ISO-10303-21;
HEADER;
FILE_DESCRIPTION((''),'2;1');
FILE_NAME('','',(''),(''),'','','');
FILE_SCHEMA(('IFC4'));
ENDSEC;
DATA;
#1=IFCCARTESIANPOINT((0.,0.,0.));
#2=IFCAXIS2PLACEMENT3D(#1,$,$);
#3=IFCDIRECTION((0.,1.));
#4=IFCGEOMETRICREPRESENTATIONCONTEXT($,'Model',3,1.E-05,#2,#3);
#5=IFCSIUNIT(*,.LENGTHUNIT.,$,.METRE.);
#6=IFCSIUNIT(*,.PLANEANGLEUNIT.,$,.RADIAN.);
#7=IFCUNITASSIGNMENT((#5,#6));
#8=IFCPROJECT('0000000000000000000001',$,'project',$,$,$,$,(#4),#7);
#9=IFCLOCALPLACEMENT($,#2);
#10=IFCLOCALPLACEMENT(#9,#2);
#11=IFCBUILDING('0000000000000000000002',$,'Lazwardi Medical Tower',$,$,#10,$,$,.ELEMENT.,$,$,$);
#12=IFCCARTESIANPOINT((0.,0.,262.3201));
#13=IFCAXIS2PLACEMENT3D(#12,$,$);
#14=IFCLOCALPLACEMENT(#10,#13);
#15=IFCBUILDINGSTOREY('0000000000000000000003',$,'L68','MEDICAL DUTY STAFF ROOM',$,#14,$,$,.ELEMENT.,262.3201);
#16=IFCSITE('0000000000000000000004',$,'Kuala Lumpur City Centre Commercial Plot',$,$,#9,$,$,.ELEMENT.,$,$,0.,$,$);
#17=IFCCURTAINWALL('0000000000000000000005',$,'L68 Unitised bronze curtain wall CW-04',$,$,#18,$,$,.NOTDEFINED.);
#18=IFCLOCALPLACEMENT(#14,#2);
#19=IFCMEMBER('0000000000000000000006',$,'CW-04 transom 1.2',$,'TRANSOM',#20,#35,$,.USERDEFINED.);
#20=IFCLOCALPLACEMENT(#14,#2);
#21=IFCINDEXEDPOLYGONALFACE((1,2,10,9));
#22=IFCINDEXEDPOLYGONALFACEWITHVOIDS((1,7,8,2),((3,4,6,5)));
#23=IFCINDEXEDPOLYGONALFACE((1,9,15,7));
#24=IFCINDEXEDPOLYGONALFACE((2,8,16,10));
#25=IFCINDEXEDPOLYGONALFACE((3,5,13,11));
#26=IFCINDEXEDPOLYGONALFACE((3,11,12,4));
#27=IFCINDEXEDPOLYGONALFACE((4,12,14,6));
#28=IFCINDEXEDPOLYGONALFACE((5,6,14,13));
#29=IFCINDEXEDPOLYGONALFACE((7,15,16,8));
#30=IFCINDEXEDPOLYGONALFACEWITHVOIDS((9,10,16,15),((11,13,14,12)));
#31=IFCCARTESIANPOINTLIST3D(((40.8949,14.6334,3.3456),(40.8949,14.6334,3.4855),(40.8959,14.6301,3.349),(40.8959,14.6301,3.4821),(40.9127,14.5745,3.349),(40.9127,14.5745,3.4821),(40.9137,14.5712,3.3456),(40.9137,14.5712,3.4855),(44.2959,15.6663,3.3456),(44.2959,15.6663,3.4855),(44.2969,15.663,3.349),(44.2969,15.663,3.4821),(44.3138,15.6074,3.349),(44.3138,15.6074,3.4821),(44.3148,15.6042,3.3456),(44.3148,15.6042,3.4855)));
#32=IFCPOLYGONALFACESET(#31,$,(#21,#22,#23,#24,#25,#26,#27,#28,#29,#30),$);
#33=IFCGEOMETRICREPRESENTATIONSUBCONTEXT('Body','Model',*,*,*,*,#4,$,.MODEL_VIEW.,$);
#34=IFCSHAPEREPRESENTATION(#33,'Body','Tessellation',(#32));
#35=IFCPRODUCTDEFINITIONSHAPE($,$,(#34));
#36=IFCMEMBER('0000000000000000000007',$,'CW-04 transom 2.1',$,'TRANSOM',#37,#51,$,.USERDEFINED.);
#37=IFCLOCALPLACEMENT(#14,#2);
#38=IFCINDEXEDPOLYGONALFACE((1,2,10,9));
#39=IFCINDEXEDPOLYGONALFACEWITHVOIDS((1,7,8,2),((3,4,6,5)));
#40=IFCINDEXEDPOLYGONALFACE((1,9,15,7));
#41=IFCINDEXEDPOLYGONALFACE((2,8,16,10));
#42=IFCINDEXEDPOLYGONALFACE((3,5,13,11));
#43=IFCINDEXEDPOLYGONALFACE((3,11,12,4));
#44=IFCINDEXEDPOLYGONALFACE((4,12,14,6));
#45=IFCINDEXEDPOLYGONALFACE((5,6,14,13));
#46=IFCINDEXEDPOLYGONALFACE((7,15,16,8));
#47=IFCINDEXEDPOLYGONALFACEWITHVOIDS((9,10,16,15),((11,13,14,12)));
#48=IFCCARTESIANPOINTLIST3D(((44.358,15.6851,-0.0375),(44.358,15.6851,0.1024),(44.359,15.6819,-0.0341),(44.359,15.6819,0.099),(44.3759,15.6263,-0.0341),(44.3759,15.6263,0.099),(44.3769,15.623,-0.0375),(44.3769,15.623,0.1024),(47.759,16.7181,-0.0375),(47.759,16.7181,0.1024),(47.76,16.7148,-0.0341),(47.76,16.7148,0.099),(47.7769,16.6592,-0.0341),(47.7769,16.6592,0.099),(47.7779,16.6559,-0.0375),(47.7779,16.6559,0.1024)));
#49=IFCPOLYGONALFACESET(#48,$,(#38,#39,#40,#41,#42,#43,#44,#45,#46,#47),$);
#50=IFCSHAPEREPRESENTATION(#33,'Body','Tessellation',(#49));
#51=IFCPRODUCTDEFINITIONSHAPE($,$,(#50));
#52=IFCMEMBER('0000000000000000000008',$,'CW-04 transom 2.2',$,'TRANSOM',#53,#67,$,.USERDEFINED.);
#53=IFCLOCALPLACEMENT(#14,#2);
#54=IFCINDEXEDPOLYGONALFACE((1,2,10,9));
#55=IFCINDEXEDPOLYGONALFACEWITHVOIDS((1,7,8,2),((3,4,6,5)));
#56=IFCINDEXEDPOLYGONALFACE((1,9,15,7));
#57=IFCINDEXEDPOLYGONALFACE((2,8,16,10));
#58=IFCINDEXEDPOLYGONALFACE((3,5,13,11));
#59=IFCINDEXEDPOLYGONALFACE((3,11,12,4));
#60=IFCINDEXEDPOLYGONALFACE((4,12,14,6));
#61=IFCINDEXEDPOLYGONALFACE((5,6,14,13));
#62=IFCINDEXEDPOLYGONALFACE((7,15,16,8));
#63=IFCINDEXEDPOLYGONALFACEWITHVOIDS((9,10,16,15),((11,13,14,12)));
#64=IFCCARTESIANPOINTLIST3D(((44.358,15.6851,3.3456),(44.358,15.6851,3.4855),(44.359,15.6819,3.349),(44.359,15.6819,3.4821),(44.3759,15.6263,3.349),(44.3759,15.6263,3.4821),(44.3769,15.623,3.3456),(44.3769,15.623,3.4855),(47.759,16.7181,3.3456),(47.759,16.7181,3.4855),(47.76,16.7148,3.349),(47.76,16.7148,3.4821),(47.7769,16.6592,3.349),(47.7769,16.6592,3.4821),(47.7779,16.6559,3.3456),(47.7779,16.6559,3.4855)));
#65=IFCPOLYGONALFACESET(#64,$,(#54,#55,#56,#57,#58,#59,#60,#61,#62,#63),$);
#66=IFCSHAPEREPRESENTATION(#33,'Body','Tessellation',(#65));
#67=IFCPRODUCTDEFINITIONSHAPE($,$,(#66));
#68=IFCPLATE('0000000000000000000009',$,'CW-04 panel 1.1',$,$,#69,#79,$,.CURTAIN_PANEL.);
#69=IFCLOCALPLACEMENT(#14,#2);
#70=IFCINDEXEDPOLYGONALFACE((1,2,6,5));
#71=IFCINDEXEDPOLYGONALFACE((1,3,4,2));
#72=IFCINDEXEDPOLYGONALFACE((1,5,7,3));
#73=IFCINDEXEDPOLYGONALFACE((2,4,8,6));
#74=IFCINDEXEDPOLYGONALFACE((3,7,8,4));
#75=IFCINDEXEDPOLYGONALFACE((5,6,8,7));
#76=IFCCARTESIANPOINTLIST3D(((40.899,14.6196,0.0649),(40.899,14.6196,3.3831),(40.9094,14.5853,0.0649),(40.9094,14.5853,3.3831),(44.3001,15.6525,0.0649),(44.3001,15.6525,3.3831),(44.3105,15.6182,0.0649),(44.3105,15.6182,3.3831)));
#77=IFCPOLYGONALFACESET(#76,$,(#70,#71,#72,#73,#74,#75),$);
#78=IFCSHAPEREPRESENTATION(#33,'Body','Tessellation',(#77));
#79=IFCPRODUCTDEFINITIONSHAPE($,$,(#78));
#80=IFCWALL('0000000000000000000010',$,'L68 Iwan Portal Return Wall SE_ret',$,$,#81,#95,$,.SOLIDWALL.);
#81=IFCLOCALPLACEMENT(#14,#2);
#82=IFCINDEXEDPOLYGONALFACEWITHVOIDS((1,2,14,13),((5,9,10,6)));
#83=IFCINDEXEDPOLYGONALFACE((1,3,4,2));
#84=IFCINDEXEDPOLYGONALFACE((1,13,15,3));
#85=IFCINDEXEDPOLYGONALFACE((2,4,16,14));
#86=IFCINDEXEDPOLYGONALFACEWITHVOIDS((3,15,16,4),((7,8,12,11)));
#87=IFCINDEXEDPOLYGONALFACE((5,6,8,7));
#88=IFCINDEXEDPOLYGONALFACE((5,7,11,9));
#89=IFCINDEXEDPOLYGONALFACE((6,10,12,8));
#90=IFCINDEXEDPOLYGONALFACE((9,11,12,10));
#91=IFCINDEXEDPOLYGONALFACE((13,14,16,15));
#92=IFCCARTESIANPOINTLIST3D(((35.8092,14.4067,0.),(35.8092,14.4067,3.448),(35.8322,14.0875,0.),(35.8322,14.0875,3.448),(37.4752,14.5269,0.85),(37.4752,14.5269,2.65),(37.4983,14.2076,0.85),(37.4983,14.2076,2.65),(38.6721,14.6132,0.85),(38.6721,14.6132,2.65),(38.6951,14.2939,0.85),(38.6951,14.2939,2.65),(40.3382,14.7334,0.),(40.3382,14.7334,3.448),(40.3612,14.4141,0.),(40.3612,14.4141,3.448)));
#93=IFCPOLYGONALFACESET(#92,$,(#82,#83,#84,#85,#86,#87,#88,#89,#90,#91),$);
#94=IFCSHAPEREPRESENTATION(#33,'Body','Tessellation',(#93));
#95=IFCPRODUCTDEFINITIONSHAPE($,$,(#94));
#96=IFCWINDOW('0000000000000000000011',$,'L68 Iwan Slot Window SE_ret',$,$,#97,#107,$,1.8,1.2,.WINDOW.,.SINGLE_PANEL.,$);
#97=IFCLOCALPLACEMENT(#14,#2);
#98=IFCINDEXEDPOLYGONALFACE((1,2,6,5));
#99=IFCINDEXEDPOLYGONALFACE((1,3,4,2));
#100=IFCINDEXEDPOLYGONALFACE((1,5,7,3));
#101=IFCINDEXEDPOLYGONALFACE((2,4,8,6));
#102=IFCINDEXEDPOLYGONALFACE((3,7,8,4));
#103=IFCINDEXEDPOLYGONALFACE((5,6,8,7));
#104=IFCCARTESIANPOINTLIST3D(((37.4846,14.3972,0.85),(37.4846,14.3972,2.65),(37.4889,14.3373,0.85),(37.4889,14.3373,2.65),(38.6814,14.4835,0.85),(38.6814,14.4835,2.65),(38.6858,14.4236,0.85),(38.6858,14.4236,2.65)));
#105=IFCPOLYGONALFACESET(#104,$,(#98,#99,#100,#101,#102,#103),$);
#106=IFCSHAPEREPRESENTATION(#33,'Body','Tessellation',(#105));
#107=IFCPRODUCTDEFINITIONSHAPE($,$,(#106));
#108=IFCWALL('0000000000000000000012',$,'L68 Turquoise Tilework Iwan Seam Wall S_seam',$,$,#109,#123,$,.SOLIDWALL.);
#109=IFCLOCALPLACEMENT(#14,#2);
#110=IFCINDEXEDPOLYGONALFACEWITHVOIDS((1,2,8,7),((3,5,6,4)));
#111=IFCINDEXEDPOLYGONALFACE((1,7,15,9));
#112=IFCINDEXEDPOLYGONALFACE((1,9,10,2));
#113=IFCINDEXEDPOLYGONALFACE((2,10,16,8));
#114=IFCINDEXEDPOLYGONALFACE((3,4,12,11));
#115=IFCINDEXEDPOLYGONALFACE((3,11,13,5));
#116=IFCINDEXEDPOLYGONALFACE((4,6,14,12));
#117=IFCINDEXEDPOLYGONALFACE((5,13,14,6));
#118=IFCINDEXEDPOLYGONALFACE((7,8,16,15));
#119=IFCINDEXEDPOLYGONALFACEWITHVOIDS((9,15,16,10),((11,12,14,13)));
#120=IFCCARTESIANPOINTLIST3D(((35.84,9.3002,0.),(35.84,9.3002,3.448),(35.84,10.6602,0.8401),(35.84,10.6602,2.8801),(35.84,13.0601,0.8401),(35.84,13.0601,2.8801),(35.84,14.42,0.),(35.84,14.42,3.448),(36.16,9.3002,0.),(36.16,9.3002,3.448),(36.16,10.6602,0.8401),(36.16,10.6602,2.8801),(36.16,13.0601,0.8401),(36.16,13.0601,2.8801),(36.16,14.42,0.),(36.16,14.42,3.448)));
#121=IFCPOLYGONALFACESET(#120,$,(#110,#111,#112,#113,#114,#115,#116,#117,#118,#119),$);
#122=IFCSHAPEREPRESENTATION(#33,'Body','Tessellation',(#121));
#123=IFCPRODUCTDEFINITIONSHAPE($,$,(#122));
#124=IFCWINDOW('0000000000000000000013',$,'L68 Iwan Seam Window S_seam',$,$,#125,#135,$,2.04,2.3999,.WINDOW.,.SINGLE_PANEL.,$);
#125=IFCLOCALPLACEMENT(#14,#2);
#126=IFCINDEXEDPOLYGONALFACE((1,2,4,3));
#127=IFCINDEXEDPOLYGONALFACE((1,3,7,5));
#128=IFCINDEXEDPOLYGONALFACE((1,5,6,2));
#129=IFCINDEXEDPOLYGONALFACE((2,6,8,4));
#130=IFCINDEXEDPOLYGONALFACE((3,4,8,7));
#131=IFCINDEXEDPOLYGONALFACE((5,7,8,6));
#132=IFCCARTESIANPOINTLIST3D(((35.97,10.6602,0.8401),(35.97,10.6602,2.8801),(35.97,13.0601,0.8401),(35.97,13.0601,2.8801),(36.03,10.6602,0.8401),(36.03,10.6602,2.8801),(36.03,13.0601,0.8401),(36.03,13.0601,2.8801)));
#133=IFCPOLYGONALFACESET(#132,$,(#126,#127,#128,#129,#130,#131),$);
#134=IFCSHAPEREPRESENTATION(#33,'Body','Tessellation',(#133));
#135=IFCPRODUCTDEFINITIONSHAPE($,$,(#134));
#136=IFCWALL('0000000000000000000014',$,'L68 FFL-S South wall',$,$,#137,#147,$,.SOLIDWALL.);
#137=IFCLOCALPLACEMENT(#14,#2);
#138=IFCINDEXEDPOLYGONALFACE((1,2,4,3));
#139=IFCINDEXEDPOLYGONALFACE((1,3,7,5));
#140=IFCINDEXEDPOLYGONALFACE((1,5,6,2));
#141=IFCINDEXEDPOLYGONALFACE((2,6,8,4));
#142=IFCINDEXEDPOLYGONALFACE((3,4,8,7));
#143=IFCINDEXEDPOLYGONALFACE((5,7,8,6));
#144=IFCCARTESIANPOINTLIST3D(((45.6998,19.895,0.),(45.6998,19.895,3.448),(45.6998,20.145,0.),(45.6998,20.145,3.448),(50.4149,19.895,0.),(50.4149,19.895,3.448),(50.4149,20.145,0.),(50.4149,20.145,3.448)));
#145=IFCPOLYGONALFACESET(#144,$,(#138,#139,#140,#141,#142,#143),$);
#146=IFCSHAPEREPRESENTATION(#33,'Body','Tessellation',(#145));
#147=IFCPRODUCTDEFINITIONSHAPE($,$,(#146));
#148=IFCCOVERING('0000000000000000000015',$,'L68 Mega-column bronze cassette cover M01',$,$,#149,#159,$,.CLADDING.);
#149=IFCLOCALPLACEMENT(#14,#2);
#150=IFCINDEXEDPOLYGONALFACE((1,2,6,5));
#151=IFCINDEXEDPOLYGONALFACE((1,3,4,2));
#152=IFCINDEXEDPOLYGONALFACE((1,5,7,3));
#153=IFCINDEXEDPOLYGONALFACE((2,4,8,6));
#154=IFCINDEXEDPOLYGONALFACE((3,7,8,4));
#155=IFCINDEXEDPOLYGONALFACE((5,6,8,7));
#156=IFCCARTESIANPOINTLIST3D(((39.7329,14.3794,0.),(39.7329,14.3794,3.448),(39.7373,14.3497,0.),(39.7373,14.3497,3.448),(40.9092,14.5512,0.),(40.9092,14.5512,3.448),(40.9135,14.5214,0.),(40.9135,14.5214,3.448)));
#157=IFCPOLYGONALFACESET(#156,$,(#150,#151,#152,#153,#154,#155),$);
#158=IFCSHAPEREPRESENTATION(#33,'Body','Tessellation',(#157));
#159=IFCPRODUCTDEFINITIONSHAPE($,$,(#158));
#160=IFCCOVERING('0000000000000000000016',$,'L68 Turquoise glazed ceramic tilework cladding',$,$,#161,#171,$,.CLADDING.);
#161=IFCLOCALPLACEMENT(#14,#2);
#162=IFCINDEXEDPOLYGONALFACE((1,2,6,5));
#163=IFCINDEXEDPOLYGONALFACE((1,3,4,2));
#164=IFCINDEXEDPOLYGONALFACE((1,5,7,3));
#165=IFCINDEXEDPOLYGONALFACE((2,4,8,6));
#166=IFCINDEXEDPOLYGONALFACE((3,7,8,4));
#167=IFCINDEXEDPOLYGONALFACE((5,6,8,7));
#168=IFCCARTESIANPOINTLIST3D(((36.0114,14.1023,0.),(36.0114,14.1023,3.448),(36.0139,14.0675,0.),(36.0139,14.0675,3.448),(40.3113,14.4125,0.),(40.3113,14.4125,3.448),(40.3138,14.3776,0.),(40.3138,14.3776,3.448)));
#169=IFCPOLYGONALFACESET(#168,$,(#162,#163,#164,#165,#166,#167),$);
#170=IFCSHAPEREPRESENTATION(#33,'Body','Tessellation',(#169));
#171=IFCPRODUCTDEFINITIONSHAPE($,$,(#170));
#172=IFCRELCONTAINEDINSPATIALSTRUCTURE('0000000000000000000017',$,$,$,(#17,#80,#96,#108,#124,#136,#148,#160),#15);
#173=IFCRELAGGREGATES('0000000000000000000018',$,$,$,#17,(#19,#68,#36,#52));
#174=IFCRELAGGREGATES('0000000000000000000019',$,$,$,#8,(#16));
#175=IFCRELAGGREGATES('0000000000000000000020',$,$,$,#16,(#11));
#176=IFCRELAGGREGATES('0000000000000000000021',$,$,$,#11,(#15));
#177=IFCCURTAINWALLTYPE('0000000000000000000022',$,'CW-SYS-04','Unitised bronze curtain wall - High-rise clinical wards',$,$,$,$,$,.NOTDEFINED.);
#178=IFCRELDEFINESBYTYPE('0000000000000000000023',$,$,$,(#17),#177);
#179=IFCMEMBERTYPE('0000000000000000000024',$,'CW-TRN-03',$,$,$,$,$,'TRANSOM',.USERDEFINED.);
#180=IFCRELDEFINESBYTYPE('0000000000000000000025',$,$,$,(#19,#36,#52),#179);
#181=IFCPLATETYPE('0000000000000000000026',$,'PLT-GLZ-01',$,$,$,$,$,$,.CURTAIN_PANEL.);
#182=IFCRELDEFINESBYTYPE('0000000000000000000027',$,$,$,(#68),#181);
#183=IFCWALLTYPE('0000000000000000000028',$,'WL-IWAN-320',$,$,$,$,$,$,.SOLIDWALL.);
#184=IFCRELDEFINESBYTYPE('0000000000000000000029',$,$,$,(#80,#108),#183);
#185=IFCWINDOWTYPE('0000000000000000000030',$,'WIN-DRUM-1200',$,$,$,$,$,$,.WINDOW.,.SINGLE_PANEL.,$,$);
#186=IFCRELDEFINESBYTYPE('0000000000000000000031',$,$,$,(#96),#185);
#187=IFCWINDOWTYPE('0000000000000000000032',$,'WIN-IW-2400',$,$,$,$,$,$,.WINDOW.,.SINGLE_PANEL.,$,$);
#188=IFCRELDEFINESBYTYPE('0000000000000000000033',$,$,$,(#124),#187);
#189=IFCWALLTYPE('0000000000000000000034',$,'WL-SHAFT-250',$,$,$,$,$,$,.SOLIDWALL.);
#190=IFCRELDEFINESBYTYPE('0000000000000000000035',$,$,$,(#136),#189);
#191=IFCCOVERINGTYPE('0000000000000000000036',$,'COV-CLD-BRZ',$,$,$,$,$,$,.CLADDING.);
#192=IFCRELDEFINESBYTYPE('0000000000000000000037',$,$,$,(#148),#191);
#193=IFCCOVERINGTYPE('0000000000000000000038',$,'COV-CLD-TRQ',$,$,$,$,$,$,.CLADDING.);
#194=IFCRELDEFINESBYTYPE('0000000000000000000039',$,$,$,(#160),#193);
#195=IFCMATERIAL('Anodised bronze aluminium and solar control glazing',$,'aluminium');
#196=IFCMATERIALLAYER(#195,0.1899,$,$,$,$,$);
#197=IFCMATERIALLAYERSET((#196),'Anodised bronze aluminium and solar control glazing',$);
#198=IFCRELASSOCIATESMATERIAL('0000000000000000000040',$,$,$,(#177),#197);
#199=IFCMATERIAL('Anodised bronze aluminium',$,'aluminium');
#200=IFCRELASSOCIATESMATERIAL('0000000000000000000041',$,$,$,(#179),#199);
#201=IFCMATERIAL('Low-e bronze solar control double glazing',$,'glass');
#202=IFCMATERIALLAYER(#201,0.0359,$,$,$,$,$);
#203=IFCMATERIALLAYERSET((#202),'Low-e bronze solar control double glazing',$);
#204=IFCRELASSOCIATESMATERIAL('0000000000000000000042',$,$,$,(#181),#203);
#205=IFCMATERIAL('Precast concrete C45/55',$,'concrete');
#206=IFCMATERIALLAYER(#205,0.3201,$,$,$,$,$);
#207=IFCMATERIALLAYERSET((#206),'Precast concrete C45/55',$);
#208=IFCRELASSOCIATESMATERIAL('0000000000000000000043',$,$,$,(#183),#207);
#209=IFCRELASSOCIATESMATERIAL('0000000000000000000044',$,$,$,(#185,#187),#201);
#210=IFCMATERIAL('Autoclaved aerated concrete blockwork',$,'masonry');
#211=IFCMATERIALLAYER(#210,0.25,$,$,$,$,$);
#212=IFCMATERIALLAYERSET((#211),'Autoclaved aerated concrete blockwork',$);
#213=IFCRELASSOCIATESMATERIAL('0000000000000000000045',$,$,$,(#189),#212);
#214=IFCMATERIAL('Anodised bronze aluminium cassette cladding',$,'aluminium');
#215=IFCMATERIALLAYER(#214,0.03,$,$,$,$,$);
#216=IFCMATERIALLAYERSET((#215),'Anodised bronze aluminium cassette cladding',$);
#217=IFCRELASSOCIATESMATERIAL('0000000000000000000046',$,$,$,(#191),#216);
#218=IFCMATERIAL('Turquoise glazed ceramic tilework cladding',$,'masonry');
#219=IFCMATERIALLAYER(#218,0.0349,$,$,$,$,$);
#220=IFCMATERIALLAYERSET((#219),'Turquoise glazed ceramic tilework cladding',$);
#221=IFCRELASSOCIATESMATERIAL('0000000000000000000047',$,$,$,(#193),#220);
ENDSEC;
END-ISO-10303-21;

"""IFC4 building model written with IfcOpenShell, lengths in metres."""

from ifc_helpers import new_model, si_unit, direction, frame, frame_2d, origin, origin_2d, place, context, subcontext, project, spatial, rectangle, hollow_rectangle, extrude, material, layer, layer_set, material_profile, profile_set, type_object, element, fill, aggregate, save


model = new_model("IFC4")

# Units and contexts
model_context = context("Model", 3, precision=1e-05, world=origin(), true_north=direction((0.0, 1.0)))
body_context = subcontext(model_context, "Body", "Model", "MODEL_VIEW")
ifc_project = project(units=[si_unit("LENGTHUNIT", "METRE"), si_unit("PLANEANGLEUNIT", "RADIAN")], contexts=[model_context])

# Site, building, storey
site_placement = place(None, origin())
site = spatial("IfcSite", under=ifc_project, at=site_placement, Name="Kuala Lumpur City Centre Commercial Plot", CompositionType="ELEMENT", RefElevation=0.0)
building_placement = place(site_placement, origin())
building = spatial("IfcBuilding", under=site, at=building_placement, Name="Lazwardi Medical Tower", CompositionType="ELEMENT")
storey_placement = place(building_placement, frame((0.0, 0.0, 262.3201)))
storey = spatial("IfcBuildingStorey", under=building, at=storey_placement, Name="L68", Description="MEDICAL DUTY STAFF ROOM", CompositionType="ELEMENT", Elevation=262.3201)

# Curtain wall, members, plate
ifc_material_1 = material(Name="Anodised bronze aluminium and solar control glazing", Category="aluminium")
ifc_layer_1 = layer(ifc_material_1, 0.1899)
ifc_layer_set_1 = layer_set([ifc_layer_1], Name="Anodised bronze aluminium and solar control glazing")
curtain_wall_type = type_object("IfcCurtainWallType", Name="CW-SYS-04", Description="Unitised bronze curtain wall - High-rise clinical wards", PredefinedType="NOTDEFINED", material=ifc_layer_set_1)
curtain_wall_placement = place(storey_placement, origin())
curtain_wall = element("IfcCurtainWall", 1, at=curtain_wall_placement, inside=storey, type_object=curtain_wall_type, Name="L68 Unitised bronze curtain wall CW-04", PredefinedType="NOTDEFINED")
ifc_material_2 = material(Name="Anodised bronze aluminium", Category="aluminium")
ifc_material_profile_1 = material_profile(ifc_material_2, hollow_rectangle(XDim=0.0649, YDim=0.1399, WallThickness=0.0034, at=origin_2d()), Name="ALU-TRANSOM 140x65x3.5")
ifc_profile_set_1 = profile_set([ifc_material_profile_1], Name="Anodised bronze aluminium")
member_type_1 = type_object("IfcMemberType", Name="CW-TRN-03", ElementType="TRANSOM", PredefinedType="USERDEFINED", material=ifc_profile_set_1)
member_1_placement = place(storey_placement, frame((40.9043, 14.6023, 3.4155), z_axis=(0.956843, 0.290604, 0.0), x_axis=(-0.290604, 0.956843, 0.0)))
member_1 = element("IfcMember", 2, at=member_1_placement, type_object=member_type_1, Name="CW-04 transom 1.2", ObjectType="TRANSOM", PredefinedType="USERDEFINED", context=body_context, shape_type="SweptSolid", body=[
    extrude(hollow_rectangle(XDim=0.0649, YDim=0.1399, WallThickness=0.0034, at=origin_2d()), origin(), (0.0, 0.0, 1.0), 3.5544),
])
member_2_placement = place(storey_placement, frame((44.3674, 15.6541, 0.0325), z_axis=(0.956843, 0.290604, 0.0), x_axis=(-0.290604, 0.956843, 0.0)))
member_2 = element("IfcMember", 3, at=member_2_placement, type_object=member_type_1, Name="CW-04 transom 2.1", ObjectType="TRANSOM", PredefinedType="USERDEFINED", context=body_context, shape_type="SweptSolid", body=[
    extrude(hollow_rectangle(XDim=0.0649, YDim=0.1399, WallThickness=0.0034, at=origin_2d()), origin(), (0.0, 0.0, 1.0), 3.5544),
])
member_3_placement = place(storey_placement, frame((44.3674, 15.6541, 3.4155), z_axis=(0.956843, 0.290604, 0.0), x_axis=(-0.290604, 0.956843, 0.0)))
member_3 = element("IfcMember", 4, at=member_3_placement, type_object=member_type_1, Name="CW-04 transom 2.2", ObjectType="TRANSOM", PredefinedType="USERDEFINED", context=body_context, shape_type="SweptSolid", body=[
    extrude(hollow_rectangle(XDim=0.0649, YDim=0.1399, WallThickness=0.0034, at=origin_2d()), origin(), (0.0, 0.0, 1.0), 3.5544),
])
ifc_material_3 = material(Name="Low-e bronze solar control double glazing", Category="glass")
ifc_layer_2 = layer(ifc_material_3, 0.0359)
ifc_layer_set_2 = layer_set([ifc_layer_2], Name="Low-e bronze solar control double glazing")
plate_type = type_object("IfcPlateType", Name="PLT-GLZ-01", PredefinedType="CURTAIN_PANEL", material=ifc_layer_set_2)
plate_placement = place(storey_placement, frame((42.6047, 15.1189, 0.0649), z_axis=(0.0, 0.0, 1.0), x_axis=(0.95685, 0.290582, 0.0)))
plate = element("IfcPlate", 5, at=plate_placement, type_object=plate_type, Name="CW-04 panel 1.1", PredefinedType="CURTAIN_PANEL", context=body_context, shape_type="SweptSolid", body=[
    extrude(rectangle(XDim=3.5544, YDim=0.0359, at=origin_2d()), origin(), (0.0, 0.0, 1.0), 3.3181),
])
aggregate(curtain_wall, [member_1, plate, member_2, member_3])

# Walls, openings, windows
ifc_material_4 = material(Name="Precast concrete C45/55", Category="concrete")
ifc_layer_3 = layer(ifc_material_4, 0.3201)
ifc_layer_set_3 = layer_set([ifc_layer_3], Name="Precast concrete C45/55")
wall_type_1 = type_object("IfcWallType", Name="WL-IWAN-320", PredefinedType="SOLIDWALL", material=ifc_layer_set_3)
wall_1_placement = place(storey_placement, frame((35.8206, 14.2471, 0.0), z_axis=(0.0, 0.0, 1.0), x_axis=(0.997409, 0.071939, 0.0)))
wall_1 = element("IfcWall", 6, at=wall_1_placement, inside=storey, type_object=wall_type_1, Name="L68 Iwan Portal Return Wall SE_ret", PredefinedType="SOLIDWALL", context=body_context, shape_type="SweptSolid", body=[
    extrude(rectangle(XDim=4.5408, YDim=0.3201, at=frame_2d((2.2705, 0.0))), origin(), (0.0, 0.0, 1.0), 3.448),
])
opening_1_placement = place(wall_1_placement, frame((1.6704, 0.0, 0.8501)))
opening_1 = element("IfcOpeningElement", 7, at=opening_1_placement, cuts=wall_1, PredefinedType="OPENING", context=body_context, shape_type="SweptSolid", body=[
    extrude(rectangle(XDim=1.2, YDim=1.8, at=frame_2d((0.6001, 0.8999))), frame((0.0, 0.1699, 0.0), z_axis=(0.0, -1.0, 0.0), x_axis=(1.0, 0.0, 0.0)), (0.0, 0.0, 1.0), 0.3401),
])
window_type_1 = type_object("IfcWindowType", Name="WIN-DRUM-1200", PartitioningType="SINGLE_PANEL", PredefinedType="WINDOW", material=ifc_material_3)
window_1_placement = place(opening_1_placement, origin())
window_1 = element("IfcWindow", 8, at=window_1_placement, inside=storey, type_object=window_type_1, Name="L68 Iwan Slot Window SE_ret", OverallHeight=1.8, OverallWidth=1.2, PartitioningType="SINGLE_PANEL", PredefinedType="WINDOW", context=body_context, shape_type="SweptSolid", body=[
    extrude(rectangle(XDim=1.2, YDim=1.8, at=frame_2d((0.6001, 0.8999))), frame((0.0, 0.03, 0.0), z_axis=(0.0, -1.0, 0.0), x_axis=(1.0, 0.0, 0.0)), (0.0, 0.0, 1.0), 0.0601),
])
fill(opening_1, window_1)
wall_2_placement = place(storey_placement, frame((36.0, 9.3, 0.0), z_axis=(0.0, 0.0, 1.0), x_axis=(0.0, 1.0, 0.0)))
wall_2 = element("IfcWall", 9, at=wall_2_placement, inside=storey, type_object=wall_type_1, Name="L68 Turquoise Tilework Iwan Seam Wall S_seam", PredefinedType="SOLIDWALL", context=body_context, shape_type="SweptSolid", body=[
    extrude(rectangle(XDim=5.1199, YDim=0.3201, at=frame_2d((2.5601, 0.0))), origin(), (0.0, 0.0, 1.0), 3.448),
])
opening_2_placement = place(wall_2_placement, frame((1.3601, 0.0, 0.8401)))
opening_2 = element("IfcOpeningElement", 10, at=opening_2_placement, cuts=wall_2, PredefinedType="OPENING", context=body_context, shape_type="SweptSolid", body=[
    extrude(rectangle(XDim=2.3999, YDim=2.04, at=frame_2d((1.2, 1.02))), frame((0.0, 0.1699, 0.0), z_axis=(0.0, -1.0, 0.0), x_axis=(1.0, 0.0, 0.0)), (0.0, 0.0, 1.0), 0.3401),
])
window_type_2 = type_object("IfcWindowType", Name="WIN-IW-2400", PartitioningType="SINGLE_PANEL", PredefinedType="WINDOW", material=ifc_material_3)
window_2_placement = place(opening_2_placement, origin())
window_2 = element("IfcWindow", 11, at=window_2_placement, inside=storey, type_object=window_type_2, Name="L68 Iwan Seam Window S_seam", OverallHeight=2.04, OverallWidth=2.3999, PartitioningType="SINGLE_PANEL", PredefinedType="WINDOW", context=body_context, shape_type="SweptSolid", body=[
    extrude(rectangle(XDim=2.3999, YDim=2.04, at=frame_2d((1.2, 1.02))), frame((0.0, 0.03, 0.0), z_axis=(0.0, -1.0, 0.0), x_axis=(1.0, 0.0, 0.0)), (0.0, 0.0, 1.0), 0.0601),
])
fill(opening_2, window_2)

# Wall
ifc_material_5 = material(Name="Autoclaved aerated concrete blockwork", Category="masonry")
ifc_layer_4 = layer(ifc_material_5, 0.25)
ifc_layer_set_4 = layer_set([ifc_layer_4], Name="Autoclaved aerated concrete blockwork")
wall_type_2 = type_object("IfcWallType", Name="WL-SHAFT-250", PredefinedType="SOLIDWALL", material=ifc_layer_set_4)
wall_3_placement = place(storey_placement, frame((45.7, 20.02, 0.0), z_axis=(0.0, 0.0, 1.0), x_axis=(1.0, 0.0, 0.0)))
element("IfcWall", 12, at=wall_3_placement, inside=storey, type_object=wall_type_2, Name="L68 FFL-S South wall", PredefinedType="SOLIDWALL", context=body_context, shape_type="SweptSolid", body=[
    extrude(rectangle(XDim=4.7151, YDim=0.25, at=frame_2d((2.3574, 0.0))), origin(), (0.0, 0.0, 1.0), 3.448),
])

# Coverings
ifc_material_6 = material(Name="Anodised bronze aluminium cassette cladding", Category="aluminium")
ifc_layer_5 = layer(ifc_material_6, 0.03)
ifc_layer_set_5 = layer_set([ifc_layer_5], Name="Anodised bronze aluminium cassette cladding")
covering_type_1 = type_object("IfcCoveringType", Name="COV-CLD-BRZ", PredefinedType="CLADDING", material=ifc_layer_set_5)
covering_1_placement = place(storey_placement, frame((40.3232, 14.4504, 0.0), z_axis=(0.0, 0.0, 1.0), x_axis=(0.989512, 0.144448, 0.0)))
element("IfcCovering", 13, at=covering_1_placement, inside=storey, type_object=covering_type_1, Name="L68 Mega-column bronze cassette cover M01", PredefinedType="CLADDING", context=body_context, shape_type="SweptSolid", body=[
    extrude(rectangle(XDim=1.1887, YDim=0.03, at=origin_2d()), origin(), (0.0, 0.0, 1.0), 3.448),
])
ifc_material_7 = material(Name="Turquoise glazed ceramic tilework cladding", Category="masonry")
ifc_layer_6 = layer(ifc_material_7, 0.0349)
ifc_layer_set_6 = layer_set([ifc_layer_6], Name="Turquoise glazed ceramic tilework cladding")
covering_type_2 = type_object("IfcCoveringType", Name="COV-CLD-TRQ", PredefinedType="CLADDING", material=ifc_layer_set_6)
covering_2_placement = place(storey_placement, frame((38.1626, 14.24, 0.0), z_axis=(0.0, 0.0, 1.0), x_axis=(0.997409, 0.071933, 0.0)))
element("IfcCovering", 14, at=covering_2_placement, inside=storey, type_object=covering_type_2, Name="L68 Turquoise glazed ceramic tilework cladding", PredefinedType="CLADDING", context=body_context, shape_type="SweptSolid", body=[
    extrude(rectangle(XDim=4.311, YDim=0.0349, at=origin_2d()), origin(), (0.0, 0.0, 1.0), 3.448),
])

save(model, "model.ifc")
